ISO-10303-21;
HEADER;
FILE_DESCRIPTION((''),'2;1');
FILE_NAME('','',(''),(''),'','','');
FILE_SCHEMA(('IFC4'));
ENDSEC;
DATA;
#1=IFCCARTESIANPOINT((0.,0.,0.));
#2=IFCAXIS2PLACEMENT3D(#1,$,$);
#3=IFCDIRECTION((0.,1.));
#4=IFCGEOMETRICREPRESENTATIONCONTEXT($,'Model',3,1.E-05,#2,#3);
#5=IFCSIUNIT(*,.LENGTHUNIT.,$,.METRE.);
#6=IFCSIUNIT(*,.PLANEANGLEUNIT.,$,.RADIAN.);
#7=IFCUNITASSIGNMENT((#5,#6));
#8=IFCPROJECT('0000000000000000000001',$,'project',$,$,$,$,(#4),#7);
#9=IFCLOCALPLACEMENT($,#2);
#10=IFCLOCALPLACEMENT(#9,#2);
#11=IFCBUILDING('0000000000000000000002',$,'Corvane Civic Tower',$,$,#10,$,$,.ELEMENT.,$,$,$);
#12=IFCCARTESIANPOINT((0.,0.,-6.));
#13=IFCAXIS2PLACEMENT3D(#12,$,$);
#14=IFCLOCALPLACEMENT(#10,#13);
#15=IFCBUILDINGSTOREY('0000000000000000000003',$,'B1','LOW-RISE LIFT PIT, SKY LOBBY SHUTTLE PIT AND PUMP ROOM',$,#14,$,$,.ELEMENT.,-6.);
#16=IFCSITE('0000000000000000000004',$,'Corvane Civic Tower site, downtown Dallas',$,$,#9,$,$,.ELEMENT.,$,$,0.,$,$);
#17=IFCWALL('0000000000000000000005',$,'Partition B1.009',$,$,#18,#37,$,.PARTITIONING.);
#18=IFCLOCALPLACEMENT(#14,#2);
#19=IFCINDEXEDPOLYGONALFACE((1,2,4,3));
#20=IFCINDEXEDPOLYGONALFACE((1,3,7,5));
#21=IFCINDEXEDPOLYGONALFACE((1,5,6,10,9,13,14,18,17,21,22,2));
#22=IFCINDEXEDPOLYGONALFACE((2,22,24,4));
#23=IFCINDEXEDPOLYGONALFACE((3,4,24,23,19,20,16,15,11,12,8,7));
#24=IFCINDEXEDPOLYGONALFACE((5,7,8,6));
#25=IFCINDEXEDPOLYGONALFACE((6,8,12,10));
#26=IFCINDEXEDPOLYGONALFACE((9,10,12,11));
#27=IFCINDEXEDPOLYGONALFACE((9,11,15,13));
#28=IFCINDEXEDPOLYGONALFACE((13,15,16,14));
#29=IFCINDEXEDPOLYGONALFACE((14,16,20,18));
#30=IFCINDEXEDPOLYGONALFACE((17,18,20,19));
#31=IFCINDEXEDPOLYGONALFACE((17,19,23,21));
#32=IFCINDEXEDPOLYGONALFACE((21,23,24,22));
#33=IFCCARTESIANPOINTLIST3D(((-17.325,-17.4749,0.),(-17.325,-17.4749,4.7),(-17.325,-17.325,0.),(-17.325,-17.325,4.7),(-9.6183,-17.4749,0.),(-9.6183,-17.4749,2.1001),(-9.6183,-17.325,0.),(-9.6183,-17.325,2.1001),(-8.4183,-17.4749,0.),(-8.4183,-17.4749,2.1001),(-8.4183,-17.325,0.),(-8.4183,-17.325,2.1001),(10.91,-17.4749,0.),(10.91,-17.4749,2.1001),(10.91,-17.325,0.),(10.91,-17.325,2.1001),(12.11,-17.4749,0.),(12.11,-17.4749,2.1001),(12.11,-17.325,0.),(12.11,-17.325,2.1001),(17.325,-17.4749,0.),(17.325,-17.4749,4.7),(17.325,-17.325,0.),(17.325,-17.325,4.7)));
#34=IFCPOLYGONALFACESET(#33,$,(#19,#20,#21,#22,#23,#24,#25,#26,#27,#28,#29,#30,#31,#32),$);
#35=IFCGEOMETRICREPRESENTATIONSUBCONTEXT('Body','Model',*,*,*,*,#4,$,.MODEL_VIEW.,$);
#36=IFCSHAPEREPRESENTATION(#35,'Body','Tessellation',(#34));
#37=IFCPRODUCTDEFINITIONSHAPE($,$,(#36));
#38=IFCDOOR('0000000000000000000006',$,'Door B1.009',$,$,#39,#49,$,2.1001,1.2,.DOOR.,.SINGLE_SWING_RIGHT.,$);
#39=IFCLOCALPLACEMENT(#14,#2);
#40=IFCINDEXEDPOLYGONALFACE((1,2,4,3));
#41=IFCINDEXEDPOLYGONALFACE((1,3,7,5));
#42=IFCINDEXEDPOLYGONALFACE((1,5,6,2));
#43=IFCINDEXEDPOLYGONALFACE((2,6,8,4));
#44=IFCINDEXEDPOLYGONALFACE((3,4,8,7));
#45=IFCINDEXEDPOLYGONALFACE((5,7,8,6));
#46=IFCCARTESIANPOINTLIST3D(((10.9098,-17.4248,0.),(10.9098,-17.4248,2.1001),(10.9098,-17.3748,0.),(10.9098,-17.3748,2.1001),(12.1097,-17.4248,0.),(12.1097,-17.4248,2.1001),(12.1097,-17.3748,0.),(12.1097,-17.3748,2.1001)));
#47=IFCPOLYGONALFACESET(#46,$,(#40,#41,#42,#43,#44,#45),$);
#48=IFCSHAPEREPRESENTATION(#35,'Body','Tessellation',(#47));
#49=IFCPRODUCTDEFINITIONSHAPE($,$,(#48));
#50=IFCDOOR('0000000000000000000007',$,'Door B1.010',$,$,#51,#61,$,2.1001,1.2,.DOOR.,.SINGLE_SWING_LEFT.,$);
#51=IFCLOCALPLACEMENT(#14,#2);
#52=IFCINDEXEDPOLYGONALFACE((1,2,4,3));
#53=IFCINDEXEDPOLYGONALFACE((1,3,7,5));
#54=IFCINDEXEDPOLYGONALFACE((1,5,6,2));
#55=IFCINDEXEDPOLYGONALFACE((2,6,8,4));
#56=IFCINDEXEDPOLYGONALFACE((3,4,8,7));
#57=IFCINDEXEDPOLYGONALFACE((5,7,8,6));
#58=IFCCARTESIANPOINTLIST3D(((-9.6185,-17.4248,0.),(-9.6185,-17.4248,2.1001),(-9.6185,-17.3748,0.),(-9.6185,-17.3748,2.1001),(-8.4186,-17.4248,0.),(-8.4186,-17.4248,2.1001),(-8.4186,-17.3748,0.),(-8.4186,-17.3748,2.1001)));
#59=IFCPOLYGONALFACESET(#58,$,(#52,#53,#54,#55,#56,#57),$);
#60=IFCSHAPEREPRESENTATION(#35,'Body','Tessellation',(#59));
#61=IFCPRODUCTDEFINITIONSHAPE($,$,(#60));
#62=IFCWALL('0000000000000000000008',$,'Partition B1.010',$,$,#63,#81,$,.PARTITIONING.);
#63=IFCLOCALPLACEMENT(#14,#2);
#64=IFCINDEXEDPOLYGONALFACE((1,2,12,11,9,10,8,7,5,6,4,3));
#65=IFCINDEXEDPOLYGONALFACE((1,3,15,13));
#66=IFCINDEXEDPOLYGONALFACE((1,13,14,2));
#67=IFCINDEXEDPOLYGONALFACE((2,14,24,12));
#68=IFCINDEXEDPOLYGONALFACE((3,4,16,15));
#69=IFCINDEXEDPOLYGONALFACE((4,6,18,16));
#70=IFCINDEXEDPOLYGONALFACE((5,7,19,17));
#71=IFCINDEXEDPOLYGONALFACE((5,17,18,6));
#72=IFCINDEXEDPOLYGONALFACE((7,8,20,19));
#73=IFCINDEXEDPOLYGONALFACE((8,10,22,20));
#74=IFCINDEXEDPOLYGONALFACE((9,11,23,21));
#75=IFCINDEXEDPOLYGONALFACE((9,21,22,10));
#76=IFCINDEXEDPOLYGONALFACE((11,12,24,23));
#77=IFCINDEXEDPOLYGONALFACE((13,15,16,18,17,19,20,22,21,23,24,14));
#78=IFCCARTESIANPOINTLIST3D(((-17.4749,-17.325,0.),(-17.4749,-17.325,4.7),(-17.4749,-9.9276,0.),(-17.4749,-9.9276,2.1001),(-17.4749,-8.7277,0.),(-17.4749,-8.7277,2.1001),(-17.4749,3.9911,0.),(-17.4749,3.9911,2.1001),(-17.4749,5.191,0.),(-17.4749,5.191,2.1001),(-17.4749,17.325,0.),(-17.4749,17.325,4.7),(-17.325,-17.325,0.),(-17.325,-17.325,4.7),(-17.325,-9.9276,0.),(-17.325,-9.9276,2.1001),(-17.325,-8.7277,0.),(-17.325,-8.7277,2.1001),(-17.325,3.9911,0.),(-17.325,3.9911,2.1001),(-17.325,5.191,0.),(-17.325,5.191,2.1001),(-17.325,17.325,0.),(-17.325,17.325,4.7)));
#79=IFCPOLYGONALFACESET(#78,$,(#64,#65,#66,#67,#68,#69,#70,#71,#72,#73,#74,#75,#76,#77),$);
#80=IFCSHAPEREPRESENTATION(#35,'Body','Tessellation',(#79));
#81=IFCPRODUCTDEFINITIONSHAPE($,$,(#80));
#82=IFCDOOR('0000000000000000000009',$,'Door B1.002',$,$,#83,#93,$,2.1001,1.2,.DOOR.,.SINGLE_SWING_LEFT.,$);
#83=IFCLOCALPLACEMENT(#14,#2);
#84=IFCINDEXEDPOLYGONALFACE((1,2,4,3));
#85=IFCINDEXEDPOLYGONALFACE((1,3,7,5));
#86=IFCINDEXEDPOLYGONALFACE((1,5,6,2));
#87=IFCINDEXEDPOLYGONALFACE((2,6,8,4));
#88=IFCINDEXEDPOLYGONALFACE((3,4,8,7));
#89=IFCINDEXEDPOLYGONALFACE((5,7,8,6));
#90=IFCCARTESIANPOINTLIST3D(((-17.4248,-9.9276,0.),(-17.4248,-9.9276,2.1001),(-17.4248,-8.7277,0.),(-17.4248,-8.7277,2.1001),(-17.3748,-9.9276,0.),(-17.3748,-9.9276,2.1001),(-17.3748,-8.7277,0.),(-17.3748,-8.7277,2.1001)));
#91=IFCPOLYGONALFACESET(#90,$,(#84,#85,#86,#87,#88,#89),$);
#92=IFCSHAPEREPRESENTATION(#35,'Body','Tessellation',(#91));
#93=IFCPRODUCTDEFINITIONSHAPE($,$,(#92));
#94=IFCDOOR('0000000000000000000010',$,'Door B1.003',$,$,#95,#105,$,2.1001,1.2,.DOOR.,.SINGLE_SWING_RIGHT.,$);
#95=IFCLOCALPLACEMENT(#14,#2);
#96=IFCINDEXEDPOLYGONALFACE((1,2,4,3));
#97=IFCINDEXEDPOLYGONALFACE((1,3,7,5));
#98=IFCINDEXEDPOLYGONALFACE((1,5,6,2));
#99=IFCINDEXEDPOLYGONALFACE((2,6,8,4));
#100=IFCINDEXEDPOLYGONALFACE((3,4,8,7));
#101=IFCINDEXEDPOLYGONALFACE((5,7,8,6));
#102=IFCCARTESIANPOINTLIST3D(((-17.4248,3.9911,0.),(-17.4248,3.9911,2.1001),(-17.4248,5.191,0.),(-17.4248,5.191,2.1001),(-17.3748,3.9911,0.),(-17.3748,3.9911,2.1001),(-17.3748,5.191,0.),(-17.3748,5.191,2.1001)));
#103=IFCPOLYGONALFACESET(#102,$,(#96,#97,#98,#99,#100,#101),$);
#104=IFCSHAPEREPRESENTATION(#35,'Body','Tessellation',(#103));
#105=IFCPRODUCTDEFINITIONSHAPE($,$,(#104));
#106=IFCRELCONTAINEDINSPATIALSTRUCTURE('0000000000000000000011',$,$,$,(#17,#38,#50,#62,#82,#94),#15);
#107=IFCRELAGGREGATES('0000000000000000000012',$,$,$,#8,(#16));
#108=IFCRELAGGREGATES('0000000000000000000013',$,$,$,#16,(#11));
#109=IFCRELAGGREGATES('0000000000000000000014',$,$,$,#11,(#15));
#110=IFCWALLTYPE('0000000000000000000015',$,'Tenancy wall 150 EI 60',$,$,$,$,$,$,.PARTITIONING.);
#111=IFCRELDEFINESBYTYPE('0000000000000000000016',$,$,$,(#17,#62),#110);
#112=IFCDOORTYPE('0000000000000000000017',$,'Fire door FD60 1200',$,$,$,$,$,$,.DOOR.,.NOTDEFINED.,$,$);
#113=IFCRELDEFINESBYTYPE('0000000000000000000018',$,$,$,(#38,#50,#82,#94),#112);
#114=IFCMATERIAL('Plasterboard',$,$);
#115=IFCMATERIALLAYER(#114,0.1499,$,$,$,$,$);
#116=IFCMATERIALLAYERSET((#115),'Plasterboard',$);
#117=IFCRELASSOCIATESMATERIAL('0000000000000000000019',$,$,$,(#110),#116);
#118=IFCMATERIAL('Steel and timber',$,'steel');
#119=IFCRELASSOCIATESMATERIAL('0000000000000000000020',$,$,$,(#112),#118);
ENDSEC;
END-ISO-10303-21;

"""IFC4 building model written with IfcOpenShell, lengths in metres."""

from ifc_helpers import new_model, si_unit, direction, frame, frame_2d, origin, place, context, subcontext, project, spatial, rectangle, extrude, material, layer, layer_set, type_object, element, fill, save


model = new_model("IFC4")

# Units and contexts
model_context = context("Model", 3, precision=1e-05, world=origin(), true_north=direction((0.0, 1.0)))
body_context = subcontext(model_context, "Body", "Model", "MODEL_VIEW")
ifc_project = project(units=[si_unit("LENGTHUNIT", "METRE"), si_unit("PLANEANGLEUNIT", "RADIAN")], contexts=[model_context])

# Site, building, storey
site_placement = place(None, origin())
site = spatial("IfcSite", under=ifc_project, at=site_placement, Name="Corvane Civic Tower site, downtown Dallas", CompositionType="ELEMENT", RefElevation=0.0)
building_placement = place(site_placement, origin())
building = spatial("IfcBuilding", under=site, at=building_placement, Name="Corvane Civic Tower", CompositionType="ELEMENT")
storey_placement = place(building_placement, frame((0.0, 0.0, -6.0)))
storey = spatial("IfcBuildingStorey", under=building, at=storey_placement, Name="B1", Description="LOW-RISE LIFT PIT, SKY LOBBY SHUTTLE PIT AND PUMP ROOM", CompositionType="ELEMENT", Elevation=-6.0)

# Walls, openings, doors
ifc_material_1 = material(Name="Plasterboard")
ifc_layer_1 = layer(ifc_material_1, 0.1499)
ifc_layer_set_1 = layer_set([ifc_layer_1], Name="Plasterboard")
wall_type_1 = type_object("IfcWallType", Name="Tenancy wall 150 EI 60", PredefinedType="PARTITIONING", material=ifc_layer_set_1)
wall_1_placement = place(storey_placement, frame((-17.325, -17.3999, 0.0), z_axis=(0.0, 0.0, 1.0), x_axis=(1.0, 0.0, 0.0)))
wall_1 = element("IfcWall", 1, at=wall_1_placement, inside=storey, type_object=wall_type_1, Name="Partition B1.009", PredefinedType="PARTITIONING", context=body_context, shape_type="SweptSolid", body=[
    extrude(rectangle(XDim=34.6499, YDim=0.1499, at=frame_2d((17.325, 0.0))), origin(), (0.0, 0.0, 1.0), 4.7),
])
opening_1_placement = place(wall_1_placement, frame((28.2349, 0.0, 0.0)))
opening_1 = element("IfcOpeningElement", 2, at=opening_1_placement, cuts=wall_1, PredefinedType="OPENING", context=body_context, shape_type="SweptSolid", body=[
    extrude(rectangle(XDim=1.2, YDim=2.1001, at=frame_2d((0.6001, 1.05))), frame((0.0, 0.085, 0.0), z_axis=(0.0, -1.0, 0.0), x_axis=(1.0, 0.0, 0.0)), (0.0, 0.0, 1.0), 0.1699),
])
opening_2_placement = place(wall_1_placement, frame((7.7065, 0.0, 0.0)))
opening_2 = element("IfcOpeningElement", 3, at=opening_2_placement, cuts=wall_1, PredefinedType="OPENING", context=body_context, shape_type="SweptSolid", body=[
    extrude(rectangle(XDim=1.2, YDim=2.1001, at=frame_2d((0.6001, 1.05))), frame((0.0, 0.085, 0.0), z_axis=(0.0, -1.0, 0.0), x_axis=(1.0, 0.0, 0.0)), (0.0, 0.0, 1.0), 0.1699),
])
ifc_material_2 = material(Name="Steel and timber", Category="steel")
door_type = type_object("IfcDoorType", Name="Fire door FD60 1200", OperationType="NOTDEFINED", PredefinedType="DOOR", material=ifc_material_2)
door_1_placement = place(opening_1_placement, frame((1.2, 0.0, 0.0), z_axis=(0.0, 0.0, 1.0), x_axis=(-1.0, 0.0, 0.0)))
door_1 = element("IfcDoor", 4, at=door_1_placement, inside=storey, type_object=door_type, Name="Door B1.009", OperationType="SINGLE_SWING_RIGHT", OverallHeight=2.1001, OverallWidth=1.2, PredefinedType="DOOR", context=body_context, shape_type="SweptSolid", body=[
    extrude(rectangle(XDim=1.2, YDim=2.1001, at=frame_2d((0.6001, 1.05))), frame((0.0, 0.0249, 0.0), z_axis=(0.0, -1.0, 0.0), x_axis=(1.0, 0.0, 0.0)), (0.0, 0.0, 1.0), 0.05),
])
fill(opening_1, door_1)
door_2_placement = place(opening_2_placement, frame((1.2, 0.0, 0.0), z_axis=(0.0, 0.0, 1.0), x_axis=(-1.0, 0.0, 0.0)))
door_2 = element("IfcDoor", 5, at=door_2_placement, inside=storey, type_object=door_type, Name="Door B1.010", OperationType="SINGLE_SWING_LEFT", OverallHeight=2.1001, OverallWidth=1.2, PredefinedType="DOOR", context=body_context, shape_type="SweptSolid", body=[
    extrude(rectangle(XDim=1.2, YDim=2.1001, at=frame_2d((0.6001, 1.05))), frame((0.0, 0.0249, 0.0), z_axis=(0.0, -1.0, 0.0), x_axis=(1.0, 0.0, 0.0)), (0.0, 0.0, 1.0), 0.05),
])
fill(opening_2, door_2)
wall_2_placement = place(storey_placement, frame((-17.3999, -17.325, 0.0), z_axis=(0.0, 0.0, 1.0), x_axis=(0.0, 1.0, 0.0)))
wall_2 = element("IfcWall", 6, at=wall_2_placement, inside=storey, type_object=wall_type_1, Name="Partition B1.010", PredefinedType="PARTITIONING", context=body_context, shape_type="SweptSolid", body=[
    extrude(rectangle(XDim=34.6499, YDim=0.1499, at=frame_2d((17.325, 0.0))), origin(), (0.0, 0.0, 1.0), 4.7),
])
opening_3_placement = place(wall_2_placement, frame((7.3972, 0.0, 0.0)))
opening_3 = element("IfcOpeningElement", 7, at=opening_3_placement, cuts=wall_2, PredefinedType="OPENING", context=body_context, shape_type="SweptSolid", body=[
    extrude(rectangle(XDim=1.2, YDim=2.1001, at=frame_2d((0.6001, 1.05))), frame((0.0, 0.085, 0.0), z_axis=(0.0, -1.0, 0.0), x_axis=(1.0, 0.0, 0.0)), (0.0, 0.0, 1.0), 0.1699),
])
opening_4_placement = place(wall_2_placement, frame((21.3159, 0.0, 0.0)))
opening_4 = element("IfcOpeningElement", 8, at=opening_4_placement, cuts=wall_2, PredefinedType="OPENING", context=body_context, shape_type="SweptSolid", body=[
    extrude(rectangle(XDim=1.2, YDim=2.1001, at=frame_2d((0.6001, 1.05))), frame((0.0, 0.085, 0.0), z_axis=(0.0, -1.0, 0.0), x_axis=(1.0, 0.0, 0.0)), (0.0, 0.0, 1.0), 0.1699),
])
door_3_placement = place(opening_3_placement, origin())
door_3 = element("IfcDoor", 9, at=door_3_placement, inside=storey, type_object=door_type, Name="Door B1.002", OperationType="SINGLE_SWING_LEFT", OverallHeight=2.1001, OverallWidth=1.2, PredefinedType="DOOR", context=body_context, shape_type="SweptSolid", body=[
    extrude(rectangle(XDim=1.2, YDim=2.1001, at=frame_2d((0.6001, 1.05))), frame((0.0, 0.0249, 0.0), z_axis=(0.0, -1.0, 0.0), x_axis=(1.0, 0.0, 0.0)), (0.0, 0.0, 1.0), 0.05),
])
fill(opening_3, door_3)
door_4_placement = place(opening_4_placement, origin())
door_4 = element("IfcDoor", 10, at=door_4_placement, inside=storey, type_object=door_type, Name="Door B1.003", OperationType="SINGLE_SWING_RIGHT", OverallHeight=2.1001, OverallWidth=1.2, PredefinedType="DOOR", context=body_context, shape_type="SweptSolid", body=[
    extrude(rectangle(XDim=1.2, YDim=2.1001, at=frame_2d((0.6001, 1.05))), frame((0.0, 0.0249, 0.0), z_axis=(0.0, -1.0, 0.0), x_axis=(1.0, 0.0, 0.0)), (0.0, 0.0, 1.0), 0.05),
])
fill(opening_4, door_4)

save(model, "model.ifc")
